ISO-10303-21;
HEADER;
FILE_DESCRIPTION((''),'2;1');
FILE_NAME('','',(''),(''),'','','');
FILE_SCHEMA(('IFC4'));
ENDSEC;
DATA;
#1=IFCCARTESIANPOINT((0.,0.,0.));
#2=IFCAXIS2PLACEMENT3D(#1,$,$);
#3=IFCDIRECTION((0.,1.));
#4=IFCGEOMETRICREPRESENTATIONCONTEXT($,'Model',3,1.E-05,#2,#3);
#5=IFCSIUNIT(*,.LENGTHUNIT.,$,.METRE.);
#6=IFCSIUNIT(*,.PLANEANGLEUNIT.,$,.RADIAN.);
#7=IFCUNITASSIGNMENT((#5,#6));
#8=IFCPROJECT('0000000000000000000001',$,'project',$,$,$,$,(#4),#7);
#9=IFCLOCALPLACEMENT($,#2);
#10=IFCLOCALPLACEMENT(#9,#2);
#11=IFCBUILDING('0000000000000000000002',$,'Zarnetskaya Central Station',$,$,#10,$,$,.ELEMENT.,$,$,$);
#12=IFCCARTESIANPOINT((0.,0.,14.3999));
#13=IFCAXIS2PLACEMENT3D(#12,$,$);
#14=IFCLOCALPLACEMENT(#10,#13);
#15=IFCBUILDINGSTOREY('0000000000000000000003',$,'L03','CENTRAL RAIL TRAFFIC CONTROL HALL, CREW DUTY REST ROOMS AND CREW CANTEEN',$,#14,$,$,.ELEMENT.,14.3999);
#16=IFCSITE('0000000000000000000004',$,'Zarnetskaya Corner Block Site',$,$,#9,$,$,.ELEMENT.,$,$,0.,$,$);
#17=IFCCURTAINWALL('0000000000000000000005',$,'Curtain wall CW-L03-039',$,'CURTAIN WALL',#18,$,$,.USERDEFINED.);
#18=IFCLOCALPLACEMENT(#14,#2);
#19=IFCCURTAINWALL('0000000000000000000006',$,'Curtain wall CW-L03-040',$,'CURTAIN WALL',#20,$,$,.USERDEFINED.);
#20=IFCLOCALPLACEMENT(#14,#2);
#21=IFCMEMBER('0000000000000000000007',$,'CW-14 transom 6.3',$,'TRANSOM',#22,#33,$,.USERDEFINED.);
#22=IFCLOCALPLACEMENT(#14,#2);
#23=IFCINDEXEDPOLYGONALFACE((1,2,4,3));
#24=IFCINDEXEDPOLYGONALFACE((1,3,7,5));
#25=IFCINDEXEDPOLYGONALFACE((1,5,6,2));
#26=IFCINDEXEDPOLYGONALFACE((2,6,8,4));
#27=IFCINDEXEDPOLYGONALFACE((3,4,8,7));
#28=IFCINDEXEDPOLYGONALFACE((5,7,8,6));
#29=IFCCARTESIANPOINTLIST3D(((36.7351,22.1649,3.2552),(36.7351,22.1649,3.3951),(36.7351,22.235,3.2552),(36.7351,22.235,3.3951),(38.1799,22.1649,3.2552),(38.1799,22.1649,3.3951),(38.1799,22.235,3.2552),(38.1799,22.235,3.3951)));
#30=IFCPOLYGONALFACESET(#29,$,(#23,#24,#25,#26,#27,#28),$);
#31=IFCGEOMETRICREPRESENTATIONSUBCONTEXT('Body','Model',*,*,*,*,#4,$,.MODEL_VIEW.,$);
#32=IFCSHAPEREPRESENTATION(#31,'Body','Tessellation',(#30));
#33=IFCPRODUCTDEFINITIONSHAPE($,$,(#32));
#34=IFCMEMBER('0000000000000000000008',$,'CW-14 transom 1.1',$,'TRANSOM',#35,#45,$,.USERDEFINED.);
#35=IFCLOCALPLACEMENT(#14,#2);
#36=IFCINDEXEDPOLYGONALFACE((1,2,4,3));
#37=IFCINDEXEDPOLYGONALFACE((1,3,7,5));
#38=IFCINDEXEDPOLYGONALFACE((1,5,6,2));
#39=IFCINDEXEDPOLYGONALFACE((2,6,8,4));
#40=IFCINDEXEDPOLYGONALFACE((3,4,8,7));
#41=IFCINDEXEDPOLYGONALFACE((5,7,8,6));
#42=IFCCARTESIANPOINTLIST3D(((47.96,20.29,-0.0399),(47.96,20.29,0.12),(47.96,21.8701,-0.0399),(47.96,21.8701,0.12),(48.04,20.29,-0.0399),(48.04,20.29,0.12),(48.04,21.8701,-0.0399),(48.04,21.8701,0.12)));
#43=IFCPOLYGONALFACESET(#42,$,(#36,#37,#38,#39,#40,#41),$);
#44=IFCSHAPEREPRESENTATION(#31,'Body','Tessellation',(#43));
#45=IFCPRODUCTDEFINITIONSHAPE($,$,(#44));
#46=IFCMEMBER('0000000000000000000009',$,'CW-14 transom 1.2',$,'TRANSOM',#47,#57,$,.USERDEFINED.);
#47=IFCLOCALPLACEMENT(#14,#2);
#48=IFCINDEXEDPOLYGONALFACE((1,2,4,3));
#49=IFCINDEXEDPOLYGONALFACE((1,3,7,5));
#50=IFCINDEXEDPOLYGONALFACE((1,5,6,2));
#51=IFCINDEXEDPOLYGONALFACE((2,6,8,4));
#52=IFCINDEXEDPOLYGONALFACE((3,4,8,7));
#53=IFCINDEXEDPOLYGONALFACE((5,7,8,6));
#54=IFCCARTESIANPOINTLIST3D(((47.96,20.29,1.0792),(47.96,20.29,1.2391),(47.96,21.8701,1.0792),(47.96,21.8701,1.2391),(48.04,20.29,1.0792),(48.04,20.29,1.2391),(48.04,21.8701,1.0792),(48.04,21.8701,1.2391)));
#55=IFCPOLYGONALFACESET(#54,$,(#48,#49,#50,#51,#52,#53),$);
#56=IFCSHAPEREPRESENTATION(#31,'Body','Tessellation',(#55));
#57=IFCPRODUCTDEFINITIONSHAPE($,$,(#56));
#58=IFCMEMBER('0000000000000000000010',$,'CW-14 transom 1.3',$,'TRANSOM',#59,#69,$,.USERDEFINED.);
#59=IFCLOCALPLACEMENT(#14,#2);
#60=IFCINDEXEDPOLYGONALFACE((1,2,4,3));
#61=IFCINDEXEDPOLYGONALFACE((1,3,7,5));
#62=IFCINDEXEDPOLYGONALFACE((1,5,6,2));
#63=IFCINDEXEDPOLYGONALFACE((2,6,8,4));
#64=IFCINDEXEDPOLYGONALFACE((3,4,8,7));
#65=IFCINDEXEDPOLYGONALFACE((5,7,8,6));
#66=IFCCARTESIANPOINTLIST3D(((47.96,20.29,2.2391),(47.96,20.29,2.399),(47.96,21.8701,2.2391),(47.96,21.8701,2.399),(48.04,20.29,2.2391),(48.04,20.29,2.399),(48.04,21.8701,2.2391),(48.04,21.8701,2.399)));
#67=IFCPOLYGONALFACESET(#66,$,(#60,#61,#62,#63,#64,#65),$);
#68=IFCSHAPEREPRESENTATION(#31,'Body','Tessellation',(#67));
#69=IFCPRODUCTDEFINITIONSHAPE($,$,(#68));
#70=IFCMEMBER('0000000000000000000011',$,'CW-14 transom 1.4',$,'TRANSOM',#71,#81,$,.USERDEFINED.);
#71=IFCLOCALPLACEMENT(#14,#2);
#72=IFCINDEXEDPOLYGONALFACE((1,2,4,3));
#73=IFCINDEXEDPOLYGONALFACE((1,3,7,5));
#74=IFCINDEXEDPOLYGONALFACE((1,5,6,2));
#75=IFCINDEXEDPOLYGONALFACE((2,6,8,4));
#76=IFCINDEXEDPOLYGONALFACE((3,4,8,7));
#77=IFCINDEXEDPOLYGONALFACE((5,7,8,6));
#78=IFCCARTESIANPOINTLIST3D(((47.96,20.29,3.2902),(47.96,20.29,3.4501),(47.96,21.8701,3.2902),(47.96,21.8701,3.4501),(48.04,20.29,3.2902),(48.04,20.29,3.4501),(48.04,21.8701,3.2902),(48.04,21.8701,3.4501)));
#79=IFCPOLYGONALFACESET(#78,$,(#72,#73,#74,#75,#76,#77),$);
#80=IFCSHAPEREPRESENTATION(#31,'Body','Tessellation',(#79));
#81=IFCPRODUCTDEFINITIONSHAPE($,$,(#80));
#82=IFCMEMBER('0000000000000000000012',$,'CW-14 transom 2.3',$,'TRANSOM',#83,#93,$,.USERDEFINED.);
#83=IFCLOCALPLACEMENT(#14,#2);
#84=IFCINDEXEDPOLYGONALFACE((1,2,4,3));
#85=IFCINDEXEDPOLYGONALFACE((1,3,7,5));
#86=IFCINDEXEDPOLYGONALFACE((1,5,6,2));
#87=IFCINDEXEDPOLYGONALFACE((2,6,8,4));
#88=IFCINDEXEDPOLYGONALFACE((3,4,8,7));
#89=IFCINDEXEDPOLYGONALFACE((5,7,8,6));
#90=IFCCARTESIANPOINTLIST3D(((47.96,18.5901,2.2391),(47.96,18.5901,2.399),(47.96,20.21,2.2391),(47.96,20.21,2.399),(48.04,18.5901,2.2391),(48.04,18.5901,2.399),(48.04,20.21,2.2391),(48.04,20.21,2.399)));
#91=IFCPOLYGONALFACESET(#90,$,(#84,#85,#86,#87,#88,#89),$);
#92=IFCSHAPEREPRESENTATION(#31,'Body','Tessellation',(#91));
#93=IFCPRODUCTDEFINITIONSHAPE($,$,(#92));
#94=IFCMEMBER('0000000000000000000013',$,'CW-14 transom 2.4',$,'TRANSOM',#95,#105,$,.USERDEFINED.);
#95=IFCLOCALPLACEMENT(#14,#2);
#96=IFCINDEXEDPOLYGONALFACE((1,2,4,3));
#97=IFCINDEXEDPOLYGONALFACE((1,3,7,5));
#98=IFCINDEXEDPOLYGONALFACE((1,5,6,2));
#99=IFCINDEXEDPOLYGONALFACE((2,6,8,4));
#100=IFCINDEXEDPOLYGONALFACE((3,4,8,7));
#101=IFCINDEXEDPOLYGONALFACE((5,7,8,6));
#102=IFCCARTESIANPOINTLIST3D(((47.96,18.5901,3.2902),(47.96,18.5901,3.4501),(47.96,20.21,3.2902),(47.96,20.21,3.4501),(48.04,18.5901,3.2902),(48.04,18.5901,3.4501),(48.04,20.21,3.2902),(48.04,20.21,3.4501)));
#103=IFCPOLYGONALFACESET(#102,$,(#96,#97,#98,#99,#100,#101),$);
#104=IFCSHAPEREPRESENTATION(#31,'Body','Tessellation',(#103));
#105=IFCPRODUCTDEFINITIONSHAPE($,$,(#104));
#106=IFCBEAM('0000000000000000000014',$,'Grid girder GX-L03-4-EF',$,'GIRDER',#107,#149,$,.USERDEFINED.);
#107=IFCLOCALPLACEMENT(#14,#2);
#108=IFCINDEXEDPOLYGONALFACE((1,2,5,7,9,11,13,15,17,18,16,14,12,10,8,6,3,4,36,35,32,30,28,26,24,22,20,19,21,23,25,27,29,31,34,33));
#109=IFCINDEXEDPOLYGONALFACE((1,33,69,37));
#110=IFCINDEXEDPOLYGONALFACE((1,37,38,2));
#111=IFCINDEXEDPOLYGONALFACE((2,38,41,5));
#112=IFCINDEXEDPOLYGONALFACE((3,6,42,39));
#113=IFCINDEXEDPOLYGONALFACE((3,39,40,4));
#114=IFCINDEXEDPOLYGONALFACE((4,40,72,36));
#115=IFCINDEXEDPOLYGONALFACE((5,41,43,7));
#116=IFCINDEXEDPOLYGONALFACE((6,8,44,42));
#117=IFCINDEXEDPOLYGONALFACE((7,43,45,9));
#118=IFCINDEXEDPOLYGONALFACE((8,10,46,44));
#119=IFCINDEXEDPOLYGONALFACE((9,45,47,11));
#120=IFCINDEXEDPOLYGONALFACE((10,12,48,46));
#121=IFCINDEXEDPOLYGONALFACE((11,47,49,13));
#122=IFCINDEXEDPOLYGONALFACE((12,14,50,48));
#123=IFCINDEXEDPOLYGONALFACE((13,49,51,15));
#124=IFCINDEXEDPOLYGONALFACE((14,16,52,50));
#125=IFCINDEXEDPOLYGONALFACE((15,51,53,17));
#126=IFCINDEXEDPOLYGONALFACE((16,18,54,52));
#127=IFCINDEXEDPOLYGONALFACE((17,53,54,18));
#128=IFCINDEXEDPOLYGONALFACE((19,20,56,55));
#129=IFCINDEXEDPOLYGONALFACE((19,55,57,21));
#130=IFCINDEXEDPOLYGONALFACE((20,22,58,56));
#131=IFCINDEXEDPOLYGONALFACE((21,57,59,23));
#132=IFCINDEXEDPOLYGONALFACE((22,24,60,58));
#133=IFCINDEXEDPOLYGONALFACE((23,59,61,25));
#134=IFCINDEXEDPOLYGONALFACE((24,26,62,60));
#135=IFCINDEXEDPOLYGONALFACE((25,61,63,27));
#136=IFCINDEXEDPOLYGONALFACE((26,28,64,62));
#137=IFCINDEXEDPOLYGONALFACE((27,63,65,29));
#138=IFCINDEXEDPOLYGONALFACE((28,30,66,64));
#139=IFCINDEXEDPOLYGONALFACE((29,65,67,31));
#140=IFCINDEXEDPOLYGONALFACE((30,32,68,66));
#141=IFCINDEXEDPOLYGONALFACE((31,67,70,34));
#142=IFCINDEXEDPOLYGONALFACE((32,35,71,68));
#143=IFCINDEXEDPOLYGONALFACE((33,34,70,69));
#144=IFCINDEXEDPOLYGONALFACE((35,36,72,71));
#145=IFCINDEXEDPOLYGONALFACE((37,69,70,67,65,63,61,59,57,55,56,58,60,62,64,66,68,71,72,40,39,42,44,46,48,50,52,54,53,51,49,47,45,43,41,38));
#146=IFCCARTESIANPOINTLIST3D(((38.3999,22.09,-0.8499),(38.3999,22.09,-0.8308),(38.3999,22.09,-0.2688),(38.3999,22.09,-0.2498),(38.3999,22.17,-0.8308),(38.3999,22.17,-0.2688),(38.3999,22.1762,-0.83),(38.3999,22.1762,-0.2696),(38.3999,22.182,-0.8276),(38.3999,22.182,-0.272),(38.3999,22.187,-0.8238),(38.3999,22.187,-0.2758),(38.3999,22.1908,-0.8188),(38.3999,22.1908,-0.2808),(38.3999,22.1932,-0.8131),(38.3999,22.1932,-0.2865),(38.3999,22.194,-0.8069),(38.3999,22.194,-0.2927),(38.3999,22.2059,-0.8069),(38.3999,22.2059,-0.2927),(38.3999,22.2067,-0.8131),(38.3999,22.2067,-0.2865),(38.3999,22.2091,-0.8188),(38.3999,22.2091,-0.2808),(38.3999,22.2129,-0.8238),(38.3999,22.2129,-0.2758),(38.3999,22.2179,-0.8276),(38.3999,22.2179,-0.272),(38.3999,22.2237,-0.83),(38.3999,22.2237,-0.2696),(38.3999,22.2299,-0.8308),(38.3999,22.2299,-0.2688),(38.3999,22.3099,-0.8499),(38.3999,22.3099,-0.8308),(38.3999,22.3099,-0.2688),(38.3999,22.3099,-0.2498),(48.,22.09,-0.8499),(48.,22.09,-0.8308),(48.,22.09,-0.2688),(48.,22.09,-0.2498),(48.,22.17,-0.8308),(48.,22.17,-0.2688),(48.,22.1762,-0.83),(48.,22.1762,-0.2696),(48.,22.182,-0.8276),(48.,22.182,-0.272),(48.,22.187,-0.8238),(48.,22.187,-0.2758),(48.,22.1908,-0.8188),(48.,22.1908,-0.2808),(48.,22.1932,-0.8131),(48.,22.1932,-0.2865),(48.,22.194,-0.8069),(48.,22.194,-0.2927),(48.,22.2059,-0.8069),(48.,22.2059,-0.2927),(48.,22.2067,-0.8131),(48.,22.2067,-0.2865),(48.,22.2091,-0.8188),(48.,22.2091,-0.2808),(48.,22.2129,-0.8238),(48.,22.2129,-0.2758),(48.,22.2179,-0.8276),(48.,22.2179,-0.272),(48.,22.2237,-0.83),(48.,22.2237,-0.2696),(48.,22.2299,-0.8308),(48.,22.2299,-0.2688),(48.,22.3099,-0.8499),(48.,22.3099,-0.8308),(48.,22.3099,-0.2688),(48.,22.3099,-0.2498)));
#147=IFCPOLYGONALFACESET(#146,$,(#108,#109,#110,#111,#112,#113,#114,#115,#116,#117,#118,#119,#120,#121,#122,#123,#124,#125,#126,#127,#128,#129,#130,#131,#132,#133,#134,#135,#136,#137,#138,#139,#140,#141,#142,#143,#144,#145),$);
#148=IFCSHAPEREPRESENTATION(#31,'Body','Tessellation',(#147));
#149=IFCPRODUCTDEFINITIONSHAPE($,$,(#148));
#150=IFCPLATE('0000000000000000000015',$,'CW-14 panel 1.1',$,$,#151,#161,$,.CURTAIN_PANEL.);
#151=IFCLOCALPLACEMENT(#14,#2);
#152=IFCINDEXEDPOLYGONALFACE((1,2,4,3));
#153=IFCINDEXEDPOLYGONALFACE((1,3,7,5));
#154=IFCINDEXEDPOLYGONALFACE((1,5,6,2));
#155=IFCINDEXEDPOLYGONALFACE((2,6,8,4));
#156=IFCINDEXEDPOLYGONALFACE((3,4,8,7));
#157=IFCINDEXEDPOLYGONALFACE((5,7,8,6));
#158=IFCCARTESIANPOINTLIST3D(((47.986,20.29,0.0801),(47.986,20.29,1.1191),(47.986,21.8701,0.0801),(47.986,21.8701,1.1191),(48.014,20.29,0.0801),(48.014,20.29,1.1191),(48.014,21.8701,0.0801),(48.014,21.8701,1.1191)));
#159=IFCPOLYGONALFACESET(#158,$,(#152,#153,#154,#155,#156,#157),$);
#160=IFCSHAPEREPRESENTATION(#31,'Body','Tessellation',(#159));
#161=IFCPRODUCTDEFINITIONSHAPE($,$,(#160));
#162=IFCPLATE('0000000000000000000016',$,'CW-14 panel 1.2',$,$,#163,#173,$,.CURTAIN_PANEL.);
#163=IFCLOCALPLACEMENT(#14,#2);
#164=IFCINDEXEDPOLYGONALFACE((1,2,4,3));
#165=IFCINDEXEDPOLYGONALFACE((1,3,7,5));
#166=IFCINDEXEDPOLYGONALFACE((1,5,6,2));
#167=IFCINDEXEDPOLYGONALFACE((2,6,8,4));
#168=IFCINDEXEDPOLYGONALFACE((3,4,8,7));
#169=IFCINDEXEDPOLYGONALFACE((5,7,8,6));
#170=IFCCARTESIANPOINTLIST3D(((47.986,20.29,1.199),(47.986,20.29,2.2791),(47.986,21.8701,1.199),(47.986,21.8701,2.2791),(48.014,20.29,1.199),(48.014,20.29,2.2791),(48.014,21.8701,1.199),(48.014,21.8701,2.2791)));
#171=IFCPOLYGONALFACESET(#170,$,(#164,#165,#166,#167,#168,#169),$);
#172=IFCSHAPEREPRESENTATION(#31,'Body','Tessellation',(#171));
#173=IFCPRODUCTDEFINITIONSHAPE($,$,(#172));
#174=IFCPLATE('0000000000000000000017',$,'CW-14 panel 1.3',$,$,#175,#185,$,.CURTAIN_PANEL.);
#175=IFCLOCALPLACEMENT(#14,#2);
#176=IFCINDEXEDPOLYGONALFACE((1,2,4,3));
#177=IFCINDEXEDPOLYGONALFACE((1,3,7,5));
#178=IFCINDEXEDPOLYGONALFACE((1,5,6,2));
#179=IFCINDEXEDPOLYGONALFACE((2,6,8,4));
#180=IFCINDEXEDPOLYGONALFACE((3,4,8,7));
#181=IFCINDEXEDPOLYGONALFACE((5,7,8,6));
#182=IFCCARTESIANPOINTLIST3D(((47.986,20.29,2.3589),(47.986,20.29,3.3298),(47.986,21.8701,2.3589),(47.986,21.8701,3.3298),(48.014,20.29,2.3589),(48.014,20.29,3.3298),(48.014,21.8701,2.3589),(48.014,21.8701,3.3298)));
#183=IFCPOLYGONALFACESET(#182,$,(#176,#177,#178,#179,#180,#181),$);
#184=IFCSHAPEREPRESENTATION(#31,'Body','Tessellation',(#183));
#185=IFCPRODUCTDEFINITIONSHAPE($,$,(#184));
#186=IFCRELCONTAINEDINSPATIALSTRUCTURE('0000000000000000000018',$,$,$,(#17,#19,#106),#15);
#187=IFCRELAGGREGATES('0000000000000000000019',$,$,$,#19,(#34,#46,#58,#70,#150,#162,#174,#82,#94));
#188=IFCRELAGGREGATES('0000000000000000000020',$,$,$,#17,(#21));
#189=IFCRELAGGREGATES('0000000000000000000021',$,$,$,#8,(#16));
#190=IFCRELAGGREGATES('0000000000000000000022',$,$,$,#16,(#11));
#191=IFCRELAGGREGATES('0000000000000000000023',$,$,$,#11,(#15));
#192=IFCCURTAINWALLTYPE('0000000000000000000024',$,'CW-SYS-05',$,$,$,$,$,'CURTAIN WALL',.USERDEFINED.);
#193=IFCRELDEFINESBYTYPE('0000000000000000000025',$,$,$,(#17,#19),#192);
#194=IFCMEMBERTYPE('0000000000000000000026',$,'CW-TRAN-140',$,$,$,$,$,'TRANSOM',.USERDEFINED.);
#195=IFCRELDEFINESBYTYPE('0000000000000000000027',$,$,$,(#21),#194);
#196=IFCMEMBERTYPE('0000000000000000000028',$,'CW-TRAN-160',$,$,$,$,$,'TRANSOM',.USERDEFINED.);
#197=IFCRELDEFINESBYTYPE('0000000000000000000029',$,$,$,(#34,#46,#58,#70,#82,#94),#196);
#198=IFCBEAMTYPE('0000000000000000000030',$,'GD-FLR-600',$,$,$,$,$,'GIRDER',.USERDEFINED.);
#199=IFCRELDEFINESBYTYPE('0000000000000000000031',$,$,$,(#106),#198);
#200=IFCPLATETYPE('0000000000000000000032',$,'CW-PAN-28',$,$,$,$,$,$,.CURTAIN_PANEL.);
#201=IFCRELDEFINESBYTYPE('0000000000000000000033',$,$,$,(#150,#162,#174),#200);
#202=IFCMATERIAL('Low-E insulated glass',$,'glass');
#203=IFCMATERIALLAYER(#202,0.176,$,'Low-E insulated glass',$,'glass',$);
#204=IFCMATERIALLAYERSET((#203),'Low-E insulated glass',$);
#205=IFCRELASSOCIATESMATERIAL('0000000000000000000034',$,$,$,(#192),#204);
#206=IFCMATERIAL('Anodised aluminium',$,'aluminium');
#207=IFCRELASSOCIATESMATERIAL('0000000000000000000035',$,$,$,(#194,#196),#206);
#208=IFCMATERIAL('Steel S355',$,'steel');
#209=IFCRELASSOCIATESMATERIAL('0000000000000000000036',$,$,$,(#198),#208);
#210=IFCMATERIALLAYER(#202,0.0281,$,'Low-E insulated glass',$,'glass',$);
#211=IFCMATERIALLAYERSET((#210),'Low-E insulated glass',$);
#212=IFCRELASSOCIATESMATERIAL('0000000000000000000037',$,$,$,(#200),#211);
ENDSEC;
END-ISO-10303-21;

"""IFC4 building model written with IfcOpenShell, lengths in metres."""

from ifc_helpers import new_model, si_unit, direction, frame, origin, origin_2d, place, context, subcontext, project, spatial, rectangle, i_section, extrude, material, layer, layer_set, material_profile, profile_set, type_object, element, aggregate, save


model = new_model("IFC4")

# Units and contexts
model_context = context("Model", 3, precision=1e-05, world=origin(), true_north=direction((0.0, 1.0)))
body_context = subcontext(model_context, "Body", "Model", "MODEL_VIEW")
ifc_project = project(units=[si_unit("LENGTHUNIT", "METRE"), si_unit("PLANEANGLEUNIT", "RADIAN")], contexts=[model_context])

# Site, building, storey
site_placement = place(None, origin())
site = spatial("IfcSite", under=ifc_project, at=site_placement, Name="Zarnetskaya Corner Block Site", CompositionType="ELEMENT", RefElevation=0.0)
building_placement = place(site_placement, origin())
building = spatial("IfcBuilding", under=site, at=building_placement, Name="Zarnetskaya Central Station", CompositionType="ELEMENT")
storey_placement = place(building_placement, frame((0.0, 0.0, 14.3999)))
storey = spatial("IfcBuildingStorey", under=building, at=storey_placement, Name="L03", Description="CENTRAL RAIL TRAFFIC CONTROL HALL, CREW DUTY REST ROOMS AND CREW CANTEEN", CompositionType="ELEMENT", Elevation=14.3999)

# Shared definitions
ifc_material_1 = material(Name="Steel S355", Category="steel")

# Curtain walls
ifc_material_2 = material(Name="Low-E insulated glass", Category="glass")
ifc_layer_1 = layer(ifc_material_2, 0.176, Name="Low-E insulated glass", Category="glass")
ifc_layer_set_1 = layer_set([ifc_layer_1], Name="Low-E insulated glass")
curtain_wall_type = type_object("IfcCurtainWallType", Name="CW-SYS-05", ElementType="CURTAIN WALL", PredefinedType="USERDEFINED", material=ifc_layer_set_1)
curtain_wall_1_placement = place(storey_placement, origin())
curtain_wall_1 = element("IfcCurtainWall", 1, at=curtain_wall_1_placement, inside=storey, type_object=curtain_wall_type, Name="Curtain wall CW-L03-039", ObjectType="CURTAIN WALL", PredefinedType="USERDEFINED")
ifc_material_3 = material(Name="Anodised aluminium", Category="aluminium")
curtain_wall_2_placement = place(storey_placement, origin())
curtain_wall_2 = element("IfcCurtainWall", 2, at=curtain_wall_2_placement, inside=storey, type_object=curtain_wall_type, Name="Curtain wall CW-L03-040", ObjectType="CURTAIN WALL", PredefinedType="USERDEFINED")

# Members
ifc_material_profile_1 = material_profile(ifc_material_3, rectangle(XDim=0.0701, YDim=0.1399, at=origin_2d()), Name="ALU TRAN 70x140")
ifc_profile_set_1 = profile_set([ifc_material_profile_1], Name="Anodised aluminium")
member_type_1 = type_object("IfcMemberType", Name="CW-TRAN-140", ElementType="TRANSOM", PredefinedType="USERDEFINED", material=ifc_profile_set_1)
member_1_placement = place(storey_placement, frame((36.7351, 22.2, 3.3252), z_axis=(1.0, 0.0, 0.0), x_axis=(0.0, 1.0, 0.0)))
member_1 = element("IfcMember", 3, at=member_1_placement, type_object=member_type_1, Name="CW-14 transom 6.3", ObjectType="TRANSOM", PredefinedType="USERDEFINED", context=body_context, shape_type="SweptSolid", body=[
    extrude(rectangle(XDim=0.0701, YDim=0.1399, at=origin_2d()), origin(), (0.0, 0.0, 1.0), 1.4448),
])
ifc_material_profile_2 = material_profile(ifc_material_3, rectangle(XDim=0.0801, YDim=0.1599, at=origin_2d()), Name="ALU TRAN 80x160")
ifc_profile_set_2 = profile_set([ifc_material_profile_2], Name="Anodised aluminium")
member_type_2 = type_object("IfcMemberType", Name="CW-TRAN-160", ElementType="TRANSOM", PredefinedType="USERDEFINED", material=ifc_profile_set_2)
member_2_placement = place(storey_placement, frame((48.0, 21.8701, 0.04), z_axis=(0.0, -1.0, 0.0), x_axis=(1.0, 0.0, 0.0)))
member_2 = element("IfcMember", 4, at=member_2_placement, type_object=member_type_2, Name="CW-14 transom 1.1", ObjectType="TRANSOM", PredefinedType="USERDEFINED", context=body_context, shape_type="SweptSolid", body=[
    extrude(rectangle(XDim=0.0801, YDim=0.1599, at=origin_2d()), origin(), (0.0, 0.0, 1.0), 1.5801),
])
member_3_placement = place(storey_placement, frame((48.0, 21.8701, 1.1592), z_axis=(0.0, -1.0, 0.0), x_axis=(1.0, 0.0, 0.0)))
member_3 = element("IfcMember", 5, at=member_3_placement, type_object=member_type_2, Name="CW-14 transom 1.2", ObjectType="TRANSOM", PredefinedType="USERDEFINED", context=body_context, shape_type="SweptSolid", body=[
    extrude(rectangle(XDim=0.0801, YDim=0.1599, at=origin_2d()), origin(), (0.0, 0.0, 1.0), 1.5801),
])
member_4_placement = place(storey_placement, frame((48.0, 21.8701, 2.3191), z_axis=(0.0, -1.0, 0.0), x_axis=(1.0, 0.0, 0.0)))
member_4 = element("IfcMember", 6, at=member_4_placement, type_object=member_type_2, Name="CW-14 transom 1.3", ObjectType="TRANSOM", PredefinedType="USERDEFINED", context=body_context, shape_type="SweptSolid", body=[
    extrude(rectangle(XDim=0.0801, YDim=0.1599, at=origin_2d()), origin(), (0.0, 0.0, 1.0), 1.5801),
])
member_5_placement = place(storey_placement, frame((48.0, 21.8701, 3.3701), z_axis=(0.0, -1.0, 0.0), x_axis=(1.0, 0.0, 0.0)))
member_5 = element("IfcMember", 7, at=member_5_placement, type_object=member_type_2, Name="CW-14 transom 1.4", ObjectType="TRANSOM", PredefinedType="USERDEFINED", context=body_context, shape_type="SweptSolid", body=[
    extrude(rectangle(XDim=0.0801, YDim=0.1599, at=origin_2d()), origin(), (0.0, 0.0, 1.0), 1.5801),
])
member_6_placement = place(storey_placement, frame((48.0, 20.21, 2.3191), z_axis=(0.0, -1.0, 0.0), x_axis=(1.0, 0.0, 0.0)))
member_6 = element("IfcMember", 8, at=member_6_placement, type_object=member_type_2, Name="CW-14 transom 2.3", ObjectType="TRANSOM", PredefinedType="USERDEFINED", context=body_context, shape_type="SweptSolid", body=[
    extrude(rectangle(XDim=0.0801, YDim=0.1599, at=origin_2d()), origin(), (0.0, 0.0, 1.0), 1.6199),
])
member_7_placement = place(storey_placement, frame((48.0, 20.21, 3.3701), z_axis=(0.0, -1.0, 0.0), x_axis=(1.0, 0.0, 0.0)))
member_7 = element("IfcMember", 9, at=member_7_placement, type_object=member_type_2, Name="CW-14 transom 2.4", ObjectType="TRANSOM", PredefinedType="USERDEFINED", context=body_context, shape_type="SweptSolid", body=[
    extrude(rectangle(XDim=0.0801, YDim=0.1599, at=origin_2d()), origin(), (0.0, 0.0, 1.0), 1.6199),
])

# Beam
ifc_material_profile_3 = material_profile(ifc_material_1, i_section(OverallWidth=0.22, OverallDepth=0.6001, WebThickness=0.012, FlangeThickness=0.019, FilletRadius=0.0239, at=origin_2d()), Name="IPE 600")
ifc_profile_set_3 = profile_set([ifc_material_profile_3], Name="Steel S355")
beam_type = type_object("IfcBeamType", Name="GD-FLR-600", ElementType="GIRDER", PredefinedType="USERDEFINED", material=ifc_profile_set_3)
beam_placement = place(storey_placement, frame((38.3999, 22.2, -0.5498), z_axis=(1.0, 0.0, 0.0), x_axis=(0.0, 1.0, 0.0)))
element("IfcBeam", 10, at=beam_placement, inside=storey, type_object=beam_type, Name="Grid girder GX-L03-4-EF", ObjectType="GIRDER", PredefinedType="USERDEFINED", context=body_context, shape_type="SweptSolid", body=[
    extrude(i_section(OverallWidth=0.22, OverallDepth=0.6001, WebThickness=0.012, FlangeThickness=0.019, FilletRadius=0.0239, at=origin_2d()), origin(), (0.0, 0.0, 1.0), 9.6001),
])

# Plates
ifc_layer_2 = layer(ifc_material_2, 0.0281, Name="Low-E insulated glass", Category="glass")
ifc_layer_set_2 = layer_set([ifc_layer_2], Name="Low-E insulated glass")
plate_type_1 = type_object("IfcPlateType", Name="CW-PAN-28", PredefinedType="CURTAIN_PANEL", material=ifc_layer_set_2)
plate_1_placement = place(storey_placement, frame((48.0, 21.0801, 0.0801), z_axis=(0.0, 0.0, 1.0), x_axis=(0.0, -1.0, 0.0)))
plate_1 = element("IfcPlate", 11, at=plate_1_placement, type_object=plate_type_1, Name="CW-14 panel 1.1", PredefinedType="CURTAIN_PANEL", context=body_context, shape_type="SweptSolid", body=[
    extrude(rectangle(XDim=1.5801, YDim=0.0281, at=origin_2d()), origin(), (0.0, 0.0, 1.0), 1.0391),
])
plate_2_placement = place(storey_placement, frame((48.0, 21.0801, 1.199), z_axis=(0.0, 0.0, 1.0), x_axis=(0.0, -1.0, 0.0)))
plate_2 = element("IfcPlate", 12, at=plate_2_placement, type_object=plate_type_1, Name="CW-14 panel 1.2", PredefinedType="CURTAIN_PANEL", context=body_context, shape_type="SweptSolid", body=[
    extrude(rectangle(XDim=1.5801, YDim=0.0281, at=origin_2d()), origin(), (0.0, 0.0, 1.0), 1.0801),
])
plate_3_placement = place(storey_placement, frame((48.0, 21.0801, 2.3589), z_axis=(0.0, 0.0, 1.0), x_axis=(0.0, -1.0, 0.0)))
plate_3 = element("IfcPlate", 13, at=plate_3_placement, type_object=plate_type_1, Name="CW-14 panel 1.3", PredefinedType="CURTAIN_PANEL", context=body_context, shape_type="SweptSolid", body=[
    extrude(rectangle(XDim=1.5801, YDim=0.0281, at=origin_2d()), origin(), (0.0, 0.0, 1.0), 0.9709),
])
aggregate(curtain_wall_2, [member_2, member_3, member_4, member_5, plate_1, plate_2, plate_3, member_6, member_7])
aggregate(curtain_wall_1, [member_1])

save(model, "model.ifc")
